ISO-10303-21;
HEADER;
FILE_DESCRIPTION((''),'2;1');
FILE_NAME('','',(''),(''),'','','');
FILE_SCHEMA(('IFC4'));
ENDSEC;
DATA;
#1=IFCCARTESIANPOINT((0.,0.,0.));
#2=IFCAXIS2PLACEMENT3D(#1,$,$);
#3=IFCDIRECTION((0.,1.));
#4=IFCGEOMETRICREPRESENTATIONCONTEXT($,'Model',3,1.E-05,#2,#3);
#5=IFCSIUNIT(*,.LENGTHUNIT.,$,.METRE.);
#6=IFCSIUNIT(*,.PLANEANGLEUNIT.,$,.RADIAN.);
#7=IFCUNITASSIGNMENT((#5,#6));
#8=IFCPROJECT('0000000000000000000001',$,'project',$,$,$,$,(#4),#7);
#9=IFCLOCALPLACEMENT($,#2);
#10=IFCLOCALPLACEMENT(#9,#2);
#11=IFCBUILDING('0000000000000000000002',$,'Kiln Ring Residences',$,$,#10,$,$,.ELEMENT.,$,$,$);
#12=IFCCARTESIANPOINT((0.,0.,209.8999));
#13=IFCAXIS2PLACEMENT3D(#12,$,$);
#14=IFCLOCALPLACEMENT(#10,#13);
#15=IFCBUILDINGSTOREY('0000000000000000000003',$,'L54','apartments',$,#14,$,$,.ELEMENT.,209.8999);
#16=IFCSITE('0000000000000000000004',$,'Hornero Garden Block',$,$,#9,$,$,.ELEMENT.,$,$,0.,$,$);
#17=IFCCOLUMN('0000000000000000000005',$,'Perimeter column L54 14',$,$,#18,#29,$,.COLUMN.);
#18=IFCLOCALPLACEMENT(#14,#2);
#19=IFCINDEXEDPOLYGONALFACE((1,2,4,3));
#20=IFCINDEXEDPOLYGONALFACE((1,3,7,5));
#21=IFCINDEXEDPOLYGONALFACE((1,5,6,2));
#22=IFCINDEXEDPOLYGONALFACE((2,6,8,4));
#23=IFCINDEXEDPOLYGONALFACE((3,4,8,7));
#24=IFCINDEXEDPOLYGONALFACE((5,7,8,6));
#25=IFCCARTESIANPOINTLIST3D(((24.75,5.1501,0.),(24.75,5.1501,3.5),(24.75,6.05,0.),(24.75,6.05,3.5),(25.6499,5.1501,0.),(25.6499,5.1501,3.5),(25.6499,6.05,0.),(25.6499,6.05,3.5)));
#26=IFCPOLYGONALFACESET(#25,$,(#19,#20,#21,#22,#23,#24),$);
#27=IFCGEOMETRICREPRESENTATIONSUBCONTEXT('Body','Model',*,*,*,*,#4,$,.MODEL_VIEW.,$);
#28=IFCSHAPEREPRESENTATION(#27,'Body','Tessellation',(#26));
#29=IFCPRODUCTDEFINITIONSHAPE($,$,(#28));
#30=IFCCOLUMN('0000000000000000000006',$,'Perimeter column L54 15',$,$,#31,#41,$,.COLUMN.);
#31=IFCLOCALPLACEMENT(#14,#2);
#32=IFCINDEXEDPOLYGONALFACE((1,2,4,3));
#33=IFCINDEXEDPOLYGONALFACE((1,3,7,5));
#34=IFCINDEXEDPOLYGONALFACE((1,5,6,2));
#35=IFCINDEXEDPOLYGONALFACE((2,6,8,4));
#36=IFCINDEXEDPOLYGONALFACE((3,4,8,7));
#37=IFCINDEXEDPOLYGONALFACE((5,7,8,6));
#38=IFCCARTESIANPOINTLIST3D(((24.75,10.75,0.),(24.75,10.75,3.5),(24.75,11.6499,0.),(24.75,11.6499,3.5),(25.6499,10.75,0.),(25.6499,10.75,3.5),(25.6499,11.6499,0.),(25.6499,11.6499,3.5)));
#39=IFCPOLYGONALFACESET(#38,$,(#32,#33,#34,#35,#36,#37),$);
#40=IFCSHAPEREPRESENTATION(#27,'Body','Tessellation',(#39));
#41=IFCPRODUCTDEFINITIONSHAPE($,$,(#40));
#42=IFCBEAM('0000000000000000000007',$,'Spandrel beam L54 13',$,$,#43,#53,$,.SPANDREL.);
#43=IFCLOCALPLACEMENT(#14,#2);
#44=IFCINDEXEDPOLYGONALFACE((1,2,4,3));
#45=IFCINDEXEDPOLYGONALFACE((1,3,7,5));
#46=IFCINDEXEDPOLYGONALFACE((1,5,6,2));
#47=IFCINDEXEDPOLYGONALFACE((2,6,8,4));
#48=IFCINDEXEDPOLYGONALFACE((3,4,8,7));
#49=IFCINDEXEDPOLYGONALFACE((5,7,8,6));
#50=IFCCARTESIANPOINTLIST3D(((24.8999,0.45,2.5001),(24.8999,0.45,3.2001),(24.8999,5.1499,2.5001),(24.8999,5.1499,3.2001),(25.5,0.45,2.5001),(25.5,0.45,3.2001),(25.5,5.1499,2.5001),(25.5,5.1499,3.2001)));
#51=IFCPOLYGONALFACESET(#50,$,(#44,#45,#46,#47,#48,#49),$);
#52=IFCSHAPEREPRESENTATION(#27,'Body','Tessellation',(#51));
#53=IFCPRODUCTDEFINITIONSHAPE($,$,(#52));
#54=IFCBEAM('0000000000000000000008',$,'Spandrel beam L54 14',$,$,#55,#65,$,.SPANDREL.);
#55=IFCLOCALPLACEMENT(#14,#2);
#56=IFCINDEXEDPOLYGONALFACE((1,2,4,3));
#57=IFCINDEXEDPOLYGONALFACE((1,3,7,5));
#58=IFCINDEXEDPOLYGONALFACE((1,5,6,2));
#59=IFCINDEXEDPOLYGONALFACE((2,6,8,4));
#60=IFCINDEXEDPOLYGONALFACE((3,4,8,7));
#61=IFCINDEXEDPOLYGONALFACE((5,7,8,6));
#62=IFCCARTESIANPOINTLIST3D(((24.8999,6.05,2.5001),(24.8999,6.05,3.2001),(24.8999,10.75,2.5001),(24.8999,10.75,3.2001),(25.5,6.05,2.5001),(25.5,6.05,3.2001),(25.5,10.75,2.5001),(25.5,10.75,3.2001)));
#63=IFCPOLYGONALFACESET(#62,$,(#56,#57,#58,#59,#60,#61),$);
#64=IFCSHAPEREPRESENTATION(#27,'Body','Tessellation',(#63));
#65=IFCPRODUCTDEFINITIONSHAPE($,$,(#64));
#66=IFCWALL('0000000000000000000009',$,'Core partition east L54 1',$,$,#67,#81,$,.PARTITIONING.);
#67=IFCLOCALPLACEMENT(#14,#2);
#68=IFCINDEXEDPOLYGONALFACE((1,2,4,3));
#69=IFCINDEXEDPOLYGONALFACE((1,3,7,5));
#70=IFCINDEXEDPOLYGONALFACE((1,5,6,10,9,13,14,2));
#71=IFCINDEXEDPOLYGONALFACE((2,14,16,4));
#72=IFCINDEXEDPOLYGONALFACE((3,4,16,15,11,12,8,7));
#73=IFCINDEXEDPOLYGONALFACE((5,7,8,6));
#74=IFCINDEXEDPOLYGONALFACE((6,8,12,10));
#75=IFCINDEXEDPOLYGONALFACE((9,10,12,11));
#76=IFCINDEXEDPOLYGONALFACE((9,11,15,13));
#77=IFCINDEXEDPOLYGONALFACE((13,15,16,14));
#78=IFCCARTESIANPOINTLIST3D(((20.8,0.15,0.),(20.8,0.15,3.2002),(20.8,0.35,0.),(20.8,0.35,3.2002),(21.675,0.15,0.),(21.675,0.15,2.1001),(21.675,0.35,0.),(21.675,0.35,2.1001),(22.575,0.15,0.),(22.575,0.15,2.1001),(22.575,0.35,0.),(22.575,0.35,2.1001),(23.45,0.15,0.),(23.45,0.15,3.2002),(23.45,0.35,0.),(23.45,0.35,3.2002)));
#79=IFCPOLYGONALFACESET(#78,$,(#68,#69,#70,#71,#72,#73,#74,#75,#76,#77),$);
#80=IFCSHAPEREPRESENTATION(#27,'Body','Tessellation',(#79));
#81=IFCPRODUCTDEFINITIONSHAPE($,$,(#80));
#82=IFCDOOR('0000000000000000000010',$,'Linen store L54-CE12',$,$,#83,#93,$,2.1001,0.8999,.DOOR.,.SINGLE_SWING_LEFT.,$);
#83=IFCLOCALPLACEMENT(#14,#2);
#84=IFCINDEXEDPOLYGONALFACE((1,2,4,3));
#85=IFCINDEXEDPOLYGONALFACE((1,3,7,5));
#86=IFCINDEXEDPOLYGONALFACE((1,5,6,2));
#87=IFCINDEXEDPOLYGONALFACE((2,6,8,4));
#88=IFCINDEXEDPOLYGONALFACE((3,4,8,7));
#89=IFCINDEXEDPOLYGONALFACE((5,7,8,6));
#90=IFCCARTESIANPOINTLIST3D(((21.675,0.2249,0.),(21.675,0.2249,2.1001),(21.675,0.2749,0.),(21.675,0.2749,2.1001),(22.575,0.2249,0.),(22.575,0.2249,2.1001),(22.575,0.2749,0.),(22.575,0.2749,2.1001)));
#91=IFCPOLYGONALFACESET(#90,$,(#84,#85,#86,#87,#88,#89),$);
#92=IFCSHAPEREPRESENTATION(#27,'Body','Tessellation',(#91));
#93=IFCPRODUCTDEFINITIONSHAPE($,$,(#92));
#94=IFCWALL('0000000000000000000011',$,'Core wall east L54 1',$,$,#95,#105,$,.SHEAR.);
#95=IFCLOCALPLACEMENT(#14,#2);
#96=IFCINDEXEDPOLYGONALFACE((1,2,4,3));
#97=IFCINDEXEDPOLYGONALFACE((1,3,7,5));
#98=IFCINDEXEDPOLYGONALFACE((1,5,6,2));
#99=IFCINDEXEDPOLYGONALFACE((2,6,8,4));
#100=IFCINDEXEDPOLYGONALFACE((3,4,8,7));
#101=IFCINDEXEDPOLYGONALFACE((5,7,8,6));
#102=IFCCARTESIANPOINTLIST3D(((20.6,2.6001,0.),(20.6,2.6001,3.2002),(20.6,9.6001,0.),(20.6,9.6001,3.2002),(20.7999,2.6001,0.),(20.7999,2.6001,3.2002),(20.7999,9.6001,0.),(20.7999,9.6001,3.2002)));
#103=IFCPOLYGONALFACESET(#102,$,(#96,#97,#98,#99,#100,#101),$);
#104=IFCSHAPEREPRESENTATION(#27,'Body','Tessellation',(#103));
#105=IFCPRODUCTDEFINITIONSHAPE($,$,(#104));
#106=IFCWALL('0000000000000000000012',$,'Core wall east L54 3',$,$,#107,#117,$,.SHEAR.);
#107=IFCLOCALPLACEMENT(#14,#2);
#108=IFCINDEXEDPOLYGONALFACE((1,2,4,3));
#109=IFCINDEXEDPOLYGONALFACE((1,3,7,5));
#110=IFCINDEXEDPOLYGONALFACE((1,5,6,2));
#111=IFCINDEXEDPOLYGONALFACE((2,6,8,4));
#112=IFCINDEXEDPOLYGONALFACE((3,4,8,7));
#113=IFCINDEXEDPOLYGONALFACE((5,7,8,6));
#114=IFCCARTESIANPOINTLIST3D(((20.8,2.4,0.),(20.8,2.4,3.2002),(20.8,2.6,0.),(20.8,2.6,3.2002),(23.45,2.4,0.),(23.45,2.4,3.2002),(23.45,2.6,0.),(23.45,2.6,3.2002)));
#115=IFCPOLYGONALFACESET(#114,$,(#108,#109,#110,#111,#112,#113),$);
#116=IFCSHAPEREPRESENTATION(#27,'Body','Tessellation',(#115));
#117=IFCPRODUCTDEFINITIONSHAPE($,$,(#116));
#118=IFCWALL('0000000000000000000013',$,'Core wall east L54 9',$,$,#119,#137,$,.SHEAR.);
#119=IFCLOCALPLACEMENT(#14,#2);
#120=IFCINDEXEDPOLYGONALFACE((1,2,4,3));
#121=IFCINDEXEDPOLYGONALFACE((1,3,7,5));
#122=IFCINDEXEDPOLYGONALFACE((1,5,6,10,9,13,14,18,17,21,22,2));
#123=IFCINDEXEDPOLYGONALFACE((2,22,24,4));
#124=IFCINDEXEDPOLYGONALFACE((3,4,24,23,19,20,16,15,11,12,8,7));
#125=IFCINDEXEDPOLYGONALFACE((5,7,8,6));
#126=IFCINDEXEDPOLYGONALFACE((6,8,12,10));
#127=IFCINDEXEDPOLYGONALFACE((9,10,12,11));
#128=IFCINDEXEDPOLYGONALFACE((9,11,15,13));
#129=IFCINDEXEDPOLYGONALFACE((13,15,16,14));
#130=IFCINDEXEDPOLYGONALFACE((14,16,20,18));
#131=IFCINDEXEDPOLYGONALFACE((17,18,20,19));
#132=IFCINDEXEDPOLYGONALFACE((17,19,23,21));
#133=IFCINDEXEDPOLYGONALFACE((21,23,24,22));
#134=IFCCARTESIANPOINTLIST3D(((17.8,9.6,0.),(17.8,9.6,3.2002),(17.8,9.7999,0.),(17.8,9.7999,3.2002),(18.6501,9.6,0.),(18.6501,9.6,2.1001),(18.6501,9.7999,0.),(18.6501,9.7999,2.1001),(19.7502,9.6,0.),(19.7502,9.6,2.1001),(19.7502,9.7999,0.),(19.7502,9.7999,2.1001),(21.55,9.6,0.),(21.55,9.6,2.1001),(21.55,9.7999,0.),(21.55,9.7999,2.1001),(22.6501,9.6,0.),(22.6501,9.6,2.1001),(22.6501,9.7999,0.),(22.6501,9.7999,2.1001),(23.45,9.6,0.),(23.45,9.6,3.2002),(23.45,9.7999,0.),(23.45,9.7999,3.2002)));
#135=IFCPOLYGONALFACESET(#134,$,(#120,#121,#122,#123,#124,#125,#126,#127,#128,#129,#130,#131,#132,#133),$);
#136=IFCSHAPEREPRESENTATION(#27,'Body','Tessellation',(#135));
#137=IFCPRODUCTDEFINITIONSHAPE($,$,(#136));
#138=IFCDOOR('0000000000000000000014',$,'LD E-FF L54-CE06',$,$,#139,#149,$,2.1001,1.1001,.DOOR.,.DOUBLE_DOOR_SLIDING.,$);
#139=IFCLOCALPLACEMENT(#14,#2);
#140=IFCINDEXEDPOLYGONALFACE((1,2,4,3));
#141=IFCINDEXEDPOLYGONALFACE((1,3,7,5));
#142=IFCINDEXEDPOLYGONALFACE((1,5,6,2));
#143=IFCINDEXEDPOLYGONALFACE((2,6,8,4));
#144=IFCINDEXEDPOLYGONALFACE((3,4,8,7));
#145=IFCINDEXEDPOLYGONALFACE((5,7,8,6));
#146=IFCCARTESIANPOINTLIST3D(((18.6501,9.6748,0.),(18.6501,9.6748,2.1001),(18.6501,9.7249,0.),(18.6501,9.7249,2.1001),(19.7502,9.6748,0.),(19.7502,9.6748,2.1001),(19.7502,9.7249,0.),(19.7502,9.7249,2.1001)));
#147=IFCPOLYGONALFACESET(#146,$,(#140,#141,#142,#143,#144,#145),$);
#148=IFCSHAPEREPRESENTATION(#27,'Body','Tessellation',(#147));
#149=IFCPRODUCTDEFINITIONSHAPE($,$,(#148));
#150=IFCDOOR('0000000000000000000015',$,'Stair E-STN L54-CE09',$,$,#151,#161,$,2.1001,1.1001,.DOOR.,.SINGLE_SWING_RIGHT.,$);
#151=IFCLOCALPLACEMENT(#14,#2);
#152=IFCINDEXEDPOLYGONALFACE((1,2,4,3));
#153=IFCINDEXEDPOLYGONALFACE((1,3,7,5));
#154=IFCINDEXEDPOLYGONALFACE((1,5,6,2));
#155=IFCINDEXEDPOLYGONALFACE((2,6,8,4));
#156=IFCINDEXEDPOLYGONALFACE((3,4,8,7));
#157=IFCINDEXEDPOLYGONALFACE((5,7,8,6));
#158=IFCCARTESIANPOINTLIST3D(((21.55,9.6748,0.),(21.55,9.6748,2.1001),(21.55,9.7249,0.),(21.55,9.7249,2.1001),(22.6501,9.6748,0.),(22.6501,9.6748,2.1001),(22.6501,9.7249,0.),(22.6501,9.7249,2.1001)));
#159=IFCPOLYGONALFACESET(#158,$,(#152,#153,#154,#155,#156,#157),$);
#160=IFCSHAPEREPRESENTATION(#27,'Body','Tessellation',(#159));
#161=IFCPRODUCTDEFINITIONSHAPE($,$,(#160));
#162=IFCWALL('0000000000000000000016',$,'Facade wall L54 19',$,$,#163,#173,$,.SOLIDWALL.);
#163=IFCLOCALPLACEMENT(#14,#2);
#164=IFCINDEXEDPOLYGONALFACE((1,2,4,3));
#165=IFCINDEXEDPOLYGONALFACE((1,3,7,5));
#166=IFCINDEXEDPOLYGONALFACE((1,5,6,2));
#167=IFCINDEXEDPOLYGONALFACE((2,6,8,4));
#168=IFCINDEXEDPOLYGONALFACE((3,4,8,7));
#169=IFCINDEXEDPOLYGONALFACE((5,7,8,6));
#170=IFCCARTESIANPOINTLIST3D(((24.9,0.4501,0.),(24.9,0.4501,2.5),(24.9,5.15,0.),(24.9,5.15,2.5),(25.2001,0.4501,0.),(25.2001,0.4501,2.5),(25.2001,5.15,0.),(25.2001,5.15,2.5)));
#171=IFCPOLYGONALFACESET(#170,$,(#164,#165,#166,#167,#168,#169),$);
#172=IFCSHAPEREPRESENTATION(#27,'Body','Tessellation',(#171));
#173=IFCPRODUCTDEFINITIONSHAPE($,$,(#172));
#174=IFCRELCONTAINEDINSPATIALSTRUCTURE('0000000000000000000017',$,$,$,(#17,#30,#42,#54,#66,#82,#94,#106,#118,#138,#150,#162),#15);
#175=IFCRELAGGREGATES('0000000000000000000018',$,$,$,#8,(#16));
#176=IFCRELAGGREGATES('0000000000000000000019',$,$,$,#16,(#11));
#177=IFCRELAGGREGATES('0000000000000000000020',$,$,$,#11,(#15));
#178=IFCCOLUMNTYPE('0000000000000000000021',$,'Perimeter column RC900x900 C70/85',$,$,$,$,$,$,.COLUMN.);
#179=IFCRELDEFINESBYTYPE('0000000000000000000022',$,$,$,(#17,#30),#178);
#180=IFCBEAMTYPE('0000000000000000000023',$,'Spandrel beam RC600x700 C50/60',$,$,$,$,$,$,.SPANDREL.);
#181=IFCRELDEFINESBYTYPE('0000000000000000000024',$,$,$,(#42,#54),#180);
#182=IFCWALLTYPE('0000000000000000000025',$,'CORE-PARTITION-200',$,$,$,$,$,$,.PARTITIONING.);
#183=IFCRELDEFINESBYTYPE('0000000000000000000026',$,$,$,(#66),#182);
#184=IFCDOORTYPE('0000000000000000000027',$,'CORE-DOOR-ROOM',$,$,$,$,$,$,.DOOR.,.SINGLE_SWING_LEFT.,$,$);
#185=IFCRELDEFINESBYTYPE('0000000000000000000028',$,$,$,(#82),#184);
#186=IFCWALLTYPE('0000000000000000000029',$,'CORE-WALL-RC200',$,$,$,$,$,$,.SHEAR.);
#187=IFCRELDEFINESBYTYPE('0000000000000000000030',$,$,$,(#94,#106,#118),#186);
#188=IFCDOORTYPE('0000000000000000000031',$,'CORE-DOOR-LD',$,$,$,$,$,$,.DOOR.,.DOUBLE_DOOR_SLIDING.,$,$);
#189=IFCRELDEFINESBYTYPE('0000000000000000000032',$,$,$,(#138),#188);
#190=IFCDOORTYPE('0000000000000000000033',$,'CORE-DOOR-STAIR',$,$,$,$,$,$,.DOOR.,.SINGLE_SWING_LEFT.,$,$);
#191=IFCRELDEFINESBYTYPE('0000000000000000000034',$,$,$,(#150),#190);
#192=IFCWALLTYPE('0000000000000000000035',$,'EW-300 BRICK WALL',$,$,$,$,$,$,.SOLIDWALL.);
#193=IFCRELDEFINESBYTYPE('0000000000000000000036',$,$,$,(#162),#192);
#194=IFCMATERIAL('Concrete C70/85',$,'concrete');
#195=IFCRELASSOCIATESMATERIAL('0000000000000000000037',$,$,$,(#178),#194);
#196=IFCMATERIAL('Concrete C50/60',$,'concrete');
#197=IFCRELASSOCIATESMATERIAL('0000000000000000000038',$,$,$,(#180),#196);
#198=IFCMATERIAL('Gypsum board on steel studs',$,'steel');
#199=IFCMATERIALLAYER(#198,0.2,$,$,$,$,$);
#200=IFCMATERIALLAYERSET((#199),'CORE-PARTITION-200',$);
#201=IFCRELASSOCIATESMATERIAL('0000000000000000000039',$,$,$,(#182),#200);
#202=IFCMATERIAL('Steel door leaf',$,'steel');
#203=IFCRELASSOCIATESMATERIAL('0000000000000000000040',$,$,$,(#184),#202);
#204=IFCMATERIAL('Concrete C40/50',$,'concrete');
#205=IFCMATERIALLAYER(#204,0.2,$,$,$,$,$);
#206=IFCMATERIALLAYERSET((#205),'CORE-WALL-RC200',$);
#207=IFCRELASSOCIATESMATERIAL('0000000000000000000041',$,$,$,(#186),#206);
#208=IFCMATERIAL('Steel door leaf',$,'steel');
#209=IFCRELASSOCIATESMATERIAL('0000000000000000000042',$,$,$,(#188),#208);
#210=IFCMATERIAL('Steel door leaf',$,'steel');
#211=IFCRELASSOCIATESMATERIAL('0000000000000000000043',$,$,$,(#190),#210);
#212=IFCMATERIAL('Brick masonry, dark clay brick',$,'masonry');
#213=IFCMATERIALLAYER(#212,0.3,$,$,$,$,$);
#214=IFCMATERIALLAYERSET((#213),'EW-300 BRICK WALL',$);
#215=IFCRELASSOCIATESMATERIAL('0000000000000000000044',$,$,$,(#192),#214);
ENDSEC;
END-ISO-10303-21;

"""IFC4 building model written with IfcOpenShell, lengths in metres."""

from ifc_helpers import new_model, si_unit, direction, frame, frame_2d, origin, origin_2d, place, context, subcontext, project, spatial, rectangle, extrude, material, layer, layer_set, material_profile, profile_set, type_object, element, fill, save


model = new_model("IFC4")

# Units and contexts
model_context = context("Model", 3, precision=1e-05, world=origin(), true_north=direction((0.0, 1.0)))
body_context = subcontext(model_context, "Body", "Model", "MODEL_VIEW")
ifc_project = project(units=[si_unit("LENGTHUNIT", "METRE"), si_unit("PLANEANGLEUNIT", "RADIAN")], contexts=[model_context])

# Site, building, storey
site_placement = place(None, origin())
site = spatial("IfcSite", under=ifc_project, at=site_placement, Name="Hornero Garden Block", CompositionType="ELEMENT", RefElevation=0.0)
building_placement = place(site_placement, origin())
building = spatial("IfcBuilding", under=site, at=building_placement, Name="Kiln Ring Residences", CompositionType="ELEMENT")
storey_placement = place(building_placement, frame((0.0, 0.0, 209.8999)))
storey = spatial("IfcBuildingStorey", under=building, at=storey_placement, Name="L54", Description="apartments", CompositionType="ELEMENT", Elevation=209.8999)

# Columns
ifc_material_1 = material(Name="Concrete C70/85", Category="concrete")
ifc_material_profile_1 = material_profile(ifc_material_1, rectangle(XDim=0.8999, YDim=0.8999, at=origin_2d()), Name="RC900x900")
ifc_profile_set_1 = profile_set([ifc_material_profile_1], Name="Concrete C70/85")
column_type = type_object("IfcColumnType", Name="Perimeter column RC900x900 C70/85", PredefinedType="COLUMN", material=ifc_profile_set_1)
for number, where, z_axis, x_axis, name in (
    (1, (25.2, 5.6001, 0.0), (0.0, 0.0, 1.0), (1.0, 0.0, 0.0), "Perimeter column L54 14"),
    (2, (25.2, 11.2, 0.0), (0.0, 0.0, 1.0), (1.0, 0.0, 0.0), "Perimeter column L54 15"),
):
    element("IfcColumn", number, at=place(storey_placement, frame(where, z_axis=z_axis, x_axis=x_axis)), inside=storey, type_object=column_type, Name=name, PredefinedType="COLUMN", context=body_context, shape_type="SweptSolid", body=[
        extrude(rectangle(XDim=0.8999, YDim=0.8999, at=origin_2d()), origin(), (0.0, 0.0, 1.0), 3.5),
    ])

# Beams
ifc_material_2 = material(Name="Concrete C50/60", Category="concrete")
ifc_material_profile_2 = material_profile(ifc_material_2, rectangle(XDim=0.6001, YDim=0.7, at=origin_2d()), Name="RC600x700")
ifc_profile_set_2 = profile_set([ifc_material_profile_2], Name="Concrete C50/60")
beam_type = type_object("IfcBeamType", Name="Spandrel beam RC600x700 C50/60", PredefinedType="SPANDREL", material=ifc_profile_set_2)
for number, where, z_axis, x_axis, name in (
    (3, (25.2, 0.45, 2.8501), (0.0, 1.0, 0.0), (-1.0, 0.0, 0.0), "Spandrel beam L54 13"),
    (4, (25.2, 6.05, 2.8501), (0.0, 1.0, 0.0), (-1.0, 0.0, 0.0), "Spandrel beam L54 14"),
):
    element("IfcBeam", number, at=place(storey_placement, frame(where, z_axis=z_axis, x_axis=x_axis)), inside=storey, type_object=beam_type, Name=name, PredefinedType="SPANDREL", context=body_context, shape_type="SweptSolid", body=[
        extrude(rectangle(XDim=0.6001, YDim=0.7, at=origin_2d()), origin(), (0.0, 0.0, 1.0), 4.7),
    ])

# Wall, opening, door
ifc_material_3 = material(Name="Gypsum board on steel studs", Category="steel")
ifc_layer_1 = layer(ifc_material_3, 0.2)
ifc_layer_set_1 = layer_set([ifc_layer_1], Name="CORE-PARTITION-200")
wall_type_1 = type_object("IfcWallType", Name="CORE-PARTITION-200", PredefinedType="PARTITIONING", material=ifc_layer_set_1)
wall_1_placement = place(storey_placement, frame((20.8, 0.25, 0.0), z_axis=(0.0, 0.0, 1.0), x_axis=(1.0, 0.0, 0.0)))
wall_1 = element("IfcWall", 5, at=wall_1_placement, inside=storey, type_object=wall_type_1, Name="Core partition east L54 1", PredefinedType="PARTITIONING", context=body_context, shape_type="SweptSolid", body=[
    extrude(rectangle(XDim=2.6499, YDim=0.2, at=frame_2d((1.325, 0.0))), origin(), (0.0, 0.0, 1.0), 3.2002),
])
opening_1_placement = place(wall_1_placement, frame((0.875, 0.0, 0.0)))
opening_1 = element("IfcOpeningElement", 6, at=opening_1_placement, cuts=wall_1, PredefinedType="OPENING", context=body_context, shape_type="SweptSolid", body=[
    extrude(rectangle(XDim=0.8999, YDim=2.1001, at=frame_2d((0.45, 1.05))), frame((0.0, 0.1099, 0.0), z_axis=(0.0, -1.0, 0.0), x_axis=(1.0, 0.0, 0.0)), (0.0, 0.0, 1.0), 0.22),
])
ifc_material_4 = material(Name="Steel door leaf", Category="steel")
door_type_1 = type_object("IfcDoorType", Name="CORE-DOOR-ROOM", OperationType="SINGLE_SWING_LEFT", PredefinedType="DOOR", material=ifc_material_4)
door_1_placement = place(opening_1_placement, origin())
door_1 = element("IfcDoor", 7, at=door_1_placement, inside=storey, type_object=door_type_1, Name="Linen store L54-CE12", OperationType="SINGLE_SWING_LEFT", OverallHeight=2.1001, OverallWidth=0.8999, PredefinedType="DOOR", context=body_context, shape_type="SweptSolid", body=[
    extrude(rectangle(XDim=0.8999, YDim=2.1001, at=frame_2d((0.45, 1.05))), frame((0.0, 0.0249, 0.0), z_axis=(0.0, -1.0, 0.0), x_axis=(1.0, 0.0, 0.0)), (0.0, 0.0, 1.0), 0.05),
])
fill(opening_1, door_1)

# Walls
ifc_material_5 = material(Name="Concrete C40/50", Category="concrete")
ifc_layer_2 = layer(ifc_material_5, 0.2)
ifc_layer_set_2 = layer_set([ifc_layer_2], Name="CORE-WALL-RC200")
wall_type_2 = type_object("IfcWallType", Name="CORE-WALL-RC200", PredefinedType="SHEAR", material=ifc_layer_set_2)
wall_2_placement = place(storey_placement, frame((20.7, 2.6001, 0.0), z_axis=(0.0, 0.0, 1.0), x_axis=(0.0, 1.0, 0.0)))
element("IfcWall", 8, at=wall_2_placement, inside=storey, type_object=wall_type_2, Name="Core wall east L54 1", PredefinedType="SHEAR", context=body_context, shape_type="SweptSolid", body=[
    extrude(rectangle(XDim=7.0, YDim=0.2, at=frame_2d((3.5, 0.0))), origin(), (0.0, 0.0, 1.0), 3.2002),
])
wall_3_placement = place(storey_placement, frame((20.8, 2.5, 0.0), z_axis=(0.0, 0.0, 1.0), x_axis=(1.0, 0.0, 0.0)))
element("IfcWall", 9, at=wall_3_placement, inside=storey, type_object=wall_type_2, Name="Core wall east L54 3", PredefinedType="SHEAR", context=body_context, shape_type="SweptSolid", body=[
    extrude(rectangle(XDim=2.6499, YDim=0.2, at=frame_2d((1.325, 0.0))), origin(), (0.0, 0.0, 1.0), 3.2002),
])

# Wall, openings, doors
wall_4_placement = place(storey_placement, frame((17.8, 9.7, 0.0), z_axis=(0.0, 0.0, 1.0), x_axis=(1.0, 0.0, 0.0)))
wall_4 = element("IfcWall", 10, at=wall_4_placement, inside=storey, type_object=wall_type_2, Name="Core wall east L54 9", PredefinedType="SHEAR", context=body_context, shape_type="SweptSolid", body=[
    extrude(rectangle(XDim=5.6499, YDim=0.2, at=frame_2d((2.825, 0.0))), origin(), (0.0, 0.0, 1.0), 3.2002),
])
opening_2_placement = place(wall_4_placement, frame((0.8501, 0.0, 0.0)))
opening_2 = element("IfcOpeningElement", 11, at=opening_2_placement, cuts=wall_4, PredefinedType="OPENING", context=body_context, shape_type="SweptSolid", body=[
    extrude(rectangle(XDim=1.1001, YDim=2.1001, at=frame_2d((0.55, 1.05))), frame((0.0, 0.1099, 0.0), z_axis=(0.0, -1.0, 0.0), x_axis=(1.0, 0.0, 0.0)), (0.0, 0.0, 1.0), 0.22),
])
opening_3_placement = place(wall_4_placement, frame((3.75, 0.0, 0.0)))
opening_3 = element("IfcOpeningElement", 12, at=opening_3_placement, cuts=wall_4, PredefinedType="OPENING", context=body_context, shape_type="SweptSolid", body=[
    extrude(rectangle(XDim=1.1001, YDim=2.1001, at=frame_2d((0.55, 1.05))), frame((0.0, 0.1099, 0.0), z_axis=(0.0, -1.0, 0.0), x_axis=(1.0, 0.0, 0.0)), (0.0, 0.0, 1.0), 0.22),
])
ifc_material_6 = material(Name="Steel door leaf", Category="steel")
door_type_2 = type_object("IfcDoorType", Name="CORE-DOOR-LD", OperationType="DOUBLE_DOOR_SLIDING", PredefinedType="DOOR", material=ifc_material_6)
door_2_placement = place(opening_2_placement, origin())
door_2 = element("IfcDoor", 13, at=door_2_placement, inside=storey, type_object=door_type_2, Name="LD E-FF L54-CE06", OperationType="DOUBLE_DOOR_SLIDING", OverallHeight=2.1001, OverallWidth=1.1001, PredefinedType="DOOR", context=body_context, shape_type="SweptSolid", body=[
    extrude(rectangle(XDim=1.1001, YDim=2.1001, at=frame_2d((0.55, 1.05))), frame((0.0, 0.0249, 0.0), z_axis=(0.0, -1.0, 0.0), x_axis=(1.0, 0.0, 0.0)), (0.0, 0.0, 1.0), 0.05),
])
fill(opening_2, door_2)
ifc_material_7 = material(Name="Steel door leaf", Category="steel")
door_type_3 = type_object("IfcDoorType", Name="CORE-DOOR-STAIR", OperationType="SINGLE_SWING_LEFT", PredefinedType="DOOR", material=ifc_material_7)
door_3_placement = place(opening_3_placement, origin())
door_3 = element("IfcDoor", 14, at=door_3_placement, inside=storey, type_object=door_type_3, Name="Stair E-STN L54-CE09", OperationType="SINGLE_SWING_RIGHT", OverallHeight=2.1001, OverallWidth=1.1001, PredefinedType="DOOR", context=body_context, shape_type="SweptSolid", body=[
    extrude(rectangle(XDim=1.1001, YDim=2.1001, at=frame_2d((0.55, 1.05))), frame((0.0, 0.0249, 0.0), z_axis=(0.0, -1.0, 0.0), x_axis=(1.0, 0.0, 0.0)), (0.0, 0.0, 1.0), 0.05),
])
fill(opening_3, door_3)

# Wall
ifc_material_8 = material(Name="Brick masonry, dark clay brick", Category="masonry")
ifc_layer_3 = layer(ifc_material_8, 0.3)
ifc_layer_set_3 = layer_set([ifc_layer_3], Name="EW-300 BRICK WALL")
wall_type_3 = type_object("IfcWallType", Name="EW-300 BRICK WALL", PredefinedType="SOLIDWALL", material=ifc_layer_set_3)
for number, where, z_axis, x_axis, name in (
    (15, (25.05, 0.45, 0.0), (0.0, 0.0, 1.0), (0.0, 1.0, 0.0), "Facade wall L54 19"),
):
    element("IfcWall", number, at=place(storey_placement, frame(where, z_axis=z_axis, x_axis=x_axis)), inside=storey, type_object=wall_type_3, Name=name, PredefinedType="SOLIDWALL", context=body_context, shape_type="SweptSolid", body=[
        extrude(rectangle(XDim=4.7, YDim=0.3, at=frame_2d((2.3501, 0.0))), origin(), (0.0, 0.0, 1.0), 2.5),
    ])

save(model, "model.ifc")
